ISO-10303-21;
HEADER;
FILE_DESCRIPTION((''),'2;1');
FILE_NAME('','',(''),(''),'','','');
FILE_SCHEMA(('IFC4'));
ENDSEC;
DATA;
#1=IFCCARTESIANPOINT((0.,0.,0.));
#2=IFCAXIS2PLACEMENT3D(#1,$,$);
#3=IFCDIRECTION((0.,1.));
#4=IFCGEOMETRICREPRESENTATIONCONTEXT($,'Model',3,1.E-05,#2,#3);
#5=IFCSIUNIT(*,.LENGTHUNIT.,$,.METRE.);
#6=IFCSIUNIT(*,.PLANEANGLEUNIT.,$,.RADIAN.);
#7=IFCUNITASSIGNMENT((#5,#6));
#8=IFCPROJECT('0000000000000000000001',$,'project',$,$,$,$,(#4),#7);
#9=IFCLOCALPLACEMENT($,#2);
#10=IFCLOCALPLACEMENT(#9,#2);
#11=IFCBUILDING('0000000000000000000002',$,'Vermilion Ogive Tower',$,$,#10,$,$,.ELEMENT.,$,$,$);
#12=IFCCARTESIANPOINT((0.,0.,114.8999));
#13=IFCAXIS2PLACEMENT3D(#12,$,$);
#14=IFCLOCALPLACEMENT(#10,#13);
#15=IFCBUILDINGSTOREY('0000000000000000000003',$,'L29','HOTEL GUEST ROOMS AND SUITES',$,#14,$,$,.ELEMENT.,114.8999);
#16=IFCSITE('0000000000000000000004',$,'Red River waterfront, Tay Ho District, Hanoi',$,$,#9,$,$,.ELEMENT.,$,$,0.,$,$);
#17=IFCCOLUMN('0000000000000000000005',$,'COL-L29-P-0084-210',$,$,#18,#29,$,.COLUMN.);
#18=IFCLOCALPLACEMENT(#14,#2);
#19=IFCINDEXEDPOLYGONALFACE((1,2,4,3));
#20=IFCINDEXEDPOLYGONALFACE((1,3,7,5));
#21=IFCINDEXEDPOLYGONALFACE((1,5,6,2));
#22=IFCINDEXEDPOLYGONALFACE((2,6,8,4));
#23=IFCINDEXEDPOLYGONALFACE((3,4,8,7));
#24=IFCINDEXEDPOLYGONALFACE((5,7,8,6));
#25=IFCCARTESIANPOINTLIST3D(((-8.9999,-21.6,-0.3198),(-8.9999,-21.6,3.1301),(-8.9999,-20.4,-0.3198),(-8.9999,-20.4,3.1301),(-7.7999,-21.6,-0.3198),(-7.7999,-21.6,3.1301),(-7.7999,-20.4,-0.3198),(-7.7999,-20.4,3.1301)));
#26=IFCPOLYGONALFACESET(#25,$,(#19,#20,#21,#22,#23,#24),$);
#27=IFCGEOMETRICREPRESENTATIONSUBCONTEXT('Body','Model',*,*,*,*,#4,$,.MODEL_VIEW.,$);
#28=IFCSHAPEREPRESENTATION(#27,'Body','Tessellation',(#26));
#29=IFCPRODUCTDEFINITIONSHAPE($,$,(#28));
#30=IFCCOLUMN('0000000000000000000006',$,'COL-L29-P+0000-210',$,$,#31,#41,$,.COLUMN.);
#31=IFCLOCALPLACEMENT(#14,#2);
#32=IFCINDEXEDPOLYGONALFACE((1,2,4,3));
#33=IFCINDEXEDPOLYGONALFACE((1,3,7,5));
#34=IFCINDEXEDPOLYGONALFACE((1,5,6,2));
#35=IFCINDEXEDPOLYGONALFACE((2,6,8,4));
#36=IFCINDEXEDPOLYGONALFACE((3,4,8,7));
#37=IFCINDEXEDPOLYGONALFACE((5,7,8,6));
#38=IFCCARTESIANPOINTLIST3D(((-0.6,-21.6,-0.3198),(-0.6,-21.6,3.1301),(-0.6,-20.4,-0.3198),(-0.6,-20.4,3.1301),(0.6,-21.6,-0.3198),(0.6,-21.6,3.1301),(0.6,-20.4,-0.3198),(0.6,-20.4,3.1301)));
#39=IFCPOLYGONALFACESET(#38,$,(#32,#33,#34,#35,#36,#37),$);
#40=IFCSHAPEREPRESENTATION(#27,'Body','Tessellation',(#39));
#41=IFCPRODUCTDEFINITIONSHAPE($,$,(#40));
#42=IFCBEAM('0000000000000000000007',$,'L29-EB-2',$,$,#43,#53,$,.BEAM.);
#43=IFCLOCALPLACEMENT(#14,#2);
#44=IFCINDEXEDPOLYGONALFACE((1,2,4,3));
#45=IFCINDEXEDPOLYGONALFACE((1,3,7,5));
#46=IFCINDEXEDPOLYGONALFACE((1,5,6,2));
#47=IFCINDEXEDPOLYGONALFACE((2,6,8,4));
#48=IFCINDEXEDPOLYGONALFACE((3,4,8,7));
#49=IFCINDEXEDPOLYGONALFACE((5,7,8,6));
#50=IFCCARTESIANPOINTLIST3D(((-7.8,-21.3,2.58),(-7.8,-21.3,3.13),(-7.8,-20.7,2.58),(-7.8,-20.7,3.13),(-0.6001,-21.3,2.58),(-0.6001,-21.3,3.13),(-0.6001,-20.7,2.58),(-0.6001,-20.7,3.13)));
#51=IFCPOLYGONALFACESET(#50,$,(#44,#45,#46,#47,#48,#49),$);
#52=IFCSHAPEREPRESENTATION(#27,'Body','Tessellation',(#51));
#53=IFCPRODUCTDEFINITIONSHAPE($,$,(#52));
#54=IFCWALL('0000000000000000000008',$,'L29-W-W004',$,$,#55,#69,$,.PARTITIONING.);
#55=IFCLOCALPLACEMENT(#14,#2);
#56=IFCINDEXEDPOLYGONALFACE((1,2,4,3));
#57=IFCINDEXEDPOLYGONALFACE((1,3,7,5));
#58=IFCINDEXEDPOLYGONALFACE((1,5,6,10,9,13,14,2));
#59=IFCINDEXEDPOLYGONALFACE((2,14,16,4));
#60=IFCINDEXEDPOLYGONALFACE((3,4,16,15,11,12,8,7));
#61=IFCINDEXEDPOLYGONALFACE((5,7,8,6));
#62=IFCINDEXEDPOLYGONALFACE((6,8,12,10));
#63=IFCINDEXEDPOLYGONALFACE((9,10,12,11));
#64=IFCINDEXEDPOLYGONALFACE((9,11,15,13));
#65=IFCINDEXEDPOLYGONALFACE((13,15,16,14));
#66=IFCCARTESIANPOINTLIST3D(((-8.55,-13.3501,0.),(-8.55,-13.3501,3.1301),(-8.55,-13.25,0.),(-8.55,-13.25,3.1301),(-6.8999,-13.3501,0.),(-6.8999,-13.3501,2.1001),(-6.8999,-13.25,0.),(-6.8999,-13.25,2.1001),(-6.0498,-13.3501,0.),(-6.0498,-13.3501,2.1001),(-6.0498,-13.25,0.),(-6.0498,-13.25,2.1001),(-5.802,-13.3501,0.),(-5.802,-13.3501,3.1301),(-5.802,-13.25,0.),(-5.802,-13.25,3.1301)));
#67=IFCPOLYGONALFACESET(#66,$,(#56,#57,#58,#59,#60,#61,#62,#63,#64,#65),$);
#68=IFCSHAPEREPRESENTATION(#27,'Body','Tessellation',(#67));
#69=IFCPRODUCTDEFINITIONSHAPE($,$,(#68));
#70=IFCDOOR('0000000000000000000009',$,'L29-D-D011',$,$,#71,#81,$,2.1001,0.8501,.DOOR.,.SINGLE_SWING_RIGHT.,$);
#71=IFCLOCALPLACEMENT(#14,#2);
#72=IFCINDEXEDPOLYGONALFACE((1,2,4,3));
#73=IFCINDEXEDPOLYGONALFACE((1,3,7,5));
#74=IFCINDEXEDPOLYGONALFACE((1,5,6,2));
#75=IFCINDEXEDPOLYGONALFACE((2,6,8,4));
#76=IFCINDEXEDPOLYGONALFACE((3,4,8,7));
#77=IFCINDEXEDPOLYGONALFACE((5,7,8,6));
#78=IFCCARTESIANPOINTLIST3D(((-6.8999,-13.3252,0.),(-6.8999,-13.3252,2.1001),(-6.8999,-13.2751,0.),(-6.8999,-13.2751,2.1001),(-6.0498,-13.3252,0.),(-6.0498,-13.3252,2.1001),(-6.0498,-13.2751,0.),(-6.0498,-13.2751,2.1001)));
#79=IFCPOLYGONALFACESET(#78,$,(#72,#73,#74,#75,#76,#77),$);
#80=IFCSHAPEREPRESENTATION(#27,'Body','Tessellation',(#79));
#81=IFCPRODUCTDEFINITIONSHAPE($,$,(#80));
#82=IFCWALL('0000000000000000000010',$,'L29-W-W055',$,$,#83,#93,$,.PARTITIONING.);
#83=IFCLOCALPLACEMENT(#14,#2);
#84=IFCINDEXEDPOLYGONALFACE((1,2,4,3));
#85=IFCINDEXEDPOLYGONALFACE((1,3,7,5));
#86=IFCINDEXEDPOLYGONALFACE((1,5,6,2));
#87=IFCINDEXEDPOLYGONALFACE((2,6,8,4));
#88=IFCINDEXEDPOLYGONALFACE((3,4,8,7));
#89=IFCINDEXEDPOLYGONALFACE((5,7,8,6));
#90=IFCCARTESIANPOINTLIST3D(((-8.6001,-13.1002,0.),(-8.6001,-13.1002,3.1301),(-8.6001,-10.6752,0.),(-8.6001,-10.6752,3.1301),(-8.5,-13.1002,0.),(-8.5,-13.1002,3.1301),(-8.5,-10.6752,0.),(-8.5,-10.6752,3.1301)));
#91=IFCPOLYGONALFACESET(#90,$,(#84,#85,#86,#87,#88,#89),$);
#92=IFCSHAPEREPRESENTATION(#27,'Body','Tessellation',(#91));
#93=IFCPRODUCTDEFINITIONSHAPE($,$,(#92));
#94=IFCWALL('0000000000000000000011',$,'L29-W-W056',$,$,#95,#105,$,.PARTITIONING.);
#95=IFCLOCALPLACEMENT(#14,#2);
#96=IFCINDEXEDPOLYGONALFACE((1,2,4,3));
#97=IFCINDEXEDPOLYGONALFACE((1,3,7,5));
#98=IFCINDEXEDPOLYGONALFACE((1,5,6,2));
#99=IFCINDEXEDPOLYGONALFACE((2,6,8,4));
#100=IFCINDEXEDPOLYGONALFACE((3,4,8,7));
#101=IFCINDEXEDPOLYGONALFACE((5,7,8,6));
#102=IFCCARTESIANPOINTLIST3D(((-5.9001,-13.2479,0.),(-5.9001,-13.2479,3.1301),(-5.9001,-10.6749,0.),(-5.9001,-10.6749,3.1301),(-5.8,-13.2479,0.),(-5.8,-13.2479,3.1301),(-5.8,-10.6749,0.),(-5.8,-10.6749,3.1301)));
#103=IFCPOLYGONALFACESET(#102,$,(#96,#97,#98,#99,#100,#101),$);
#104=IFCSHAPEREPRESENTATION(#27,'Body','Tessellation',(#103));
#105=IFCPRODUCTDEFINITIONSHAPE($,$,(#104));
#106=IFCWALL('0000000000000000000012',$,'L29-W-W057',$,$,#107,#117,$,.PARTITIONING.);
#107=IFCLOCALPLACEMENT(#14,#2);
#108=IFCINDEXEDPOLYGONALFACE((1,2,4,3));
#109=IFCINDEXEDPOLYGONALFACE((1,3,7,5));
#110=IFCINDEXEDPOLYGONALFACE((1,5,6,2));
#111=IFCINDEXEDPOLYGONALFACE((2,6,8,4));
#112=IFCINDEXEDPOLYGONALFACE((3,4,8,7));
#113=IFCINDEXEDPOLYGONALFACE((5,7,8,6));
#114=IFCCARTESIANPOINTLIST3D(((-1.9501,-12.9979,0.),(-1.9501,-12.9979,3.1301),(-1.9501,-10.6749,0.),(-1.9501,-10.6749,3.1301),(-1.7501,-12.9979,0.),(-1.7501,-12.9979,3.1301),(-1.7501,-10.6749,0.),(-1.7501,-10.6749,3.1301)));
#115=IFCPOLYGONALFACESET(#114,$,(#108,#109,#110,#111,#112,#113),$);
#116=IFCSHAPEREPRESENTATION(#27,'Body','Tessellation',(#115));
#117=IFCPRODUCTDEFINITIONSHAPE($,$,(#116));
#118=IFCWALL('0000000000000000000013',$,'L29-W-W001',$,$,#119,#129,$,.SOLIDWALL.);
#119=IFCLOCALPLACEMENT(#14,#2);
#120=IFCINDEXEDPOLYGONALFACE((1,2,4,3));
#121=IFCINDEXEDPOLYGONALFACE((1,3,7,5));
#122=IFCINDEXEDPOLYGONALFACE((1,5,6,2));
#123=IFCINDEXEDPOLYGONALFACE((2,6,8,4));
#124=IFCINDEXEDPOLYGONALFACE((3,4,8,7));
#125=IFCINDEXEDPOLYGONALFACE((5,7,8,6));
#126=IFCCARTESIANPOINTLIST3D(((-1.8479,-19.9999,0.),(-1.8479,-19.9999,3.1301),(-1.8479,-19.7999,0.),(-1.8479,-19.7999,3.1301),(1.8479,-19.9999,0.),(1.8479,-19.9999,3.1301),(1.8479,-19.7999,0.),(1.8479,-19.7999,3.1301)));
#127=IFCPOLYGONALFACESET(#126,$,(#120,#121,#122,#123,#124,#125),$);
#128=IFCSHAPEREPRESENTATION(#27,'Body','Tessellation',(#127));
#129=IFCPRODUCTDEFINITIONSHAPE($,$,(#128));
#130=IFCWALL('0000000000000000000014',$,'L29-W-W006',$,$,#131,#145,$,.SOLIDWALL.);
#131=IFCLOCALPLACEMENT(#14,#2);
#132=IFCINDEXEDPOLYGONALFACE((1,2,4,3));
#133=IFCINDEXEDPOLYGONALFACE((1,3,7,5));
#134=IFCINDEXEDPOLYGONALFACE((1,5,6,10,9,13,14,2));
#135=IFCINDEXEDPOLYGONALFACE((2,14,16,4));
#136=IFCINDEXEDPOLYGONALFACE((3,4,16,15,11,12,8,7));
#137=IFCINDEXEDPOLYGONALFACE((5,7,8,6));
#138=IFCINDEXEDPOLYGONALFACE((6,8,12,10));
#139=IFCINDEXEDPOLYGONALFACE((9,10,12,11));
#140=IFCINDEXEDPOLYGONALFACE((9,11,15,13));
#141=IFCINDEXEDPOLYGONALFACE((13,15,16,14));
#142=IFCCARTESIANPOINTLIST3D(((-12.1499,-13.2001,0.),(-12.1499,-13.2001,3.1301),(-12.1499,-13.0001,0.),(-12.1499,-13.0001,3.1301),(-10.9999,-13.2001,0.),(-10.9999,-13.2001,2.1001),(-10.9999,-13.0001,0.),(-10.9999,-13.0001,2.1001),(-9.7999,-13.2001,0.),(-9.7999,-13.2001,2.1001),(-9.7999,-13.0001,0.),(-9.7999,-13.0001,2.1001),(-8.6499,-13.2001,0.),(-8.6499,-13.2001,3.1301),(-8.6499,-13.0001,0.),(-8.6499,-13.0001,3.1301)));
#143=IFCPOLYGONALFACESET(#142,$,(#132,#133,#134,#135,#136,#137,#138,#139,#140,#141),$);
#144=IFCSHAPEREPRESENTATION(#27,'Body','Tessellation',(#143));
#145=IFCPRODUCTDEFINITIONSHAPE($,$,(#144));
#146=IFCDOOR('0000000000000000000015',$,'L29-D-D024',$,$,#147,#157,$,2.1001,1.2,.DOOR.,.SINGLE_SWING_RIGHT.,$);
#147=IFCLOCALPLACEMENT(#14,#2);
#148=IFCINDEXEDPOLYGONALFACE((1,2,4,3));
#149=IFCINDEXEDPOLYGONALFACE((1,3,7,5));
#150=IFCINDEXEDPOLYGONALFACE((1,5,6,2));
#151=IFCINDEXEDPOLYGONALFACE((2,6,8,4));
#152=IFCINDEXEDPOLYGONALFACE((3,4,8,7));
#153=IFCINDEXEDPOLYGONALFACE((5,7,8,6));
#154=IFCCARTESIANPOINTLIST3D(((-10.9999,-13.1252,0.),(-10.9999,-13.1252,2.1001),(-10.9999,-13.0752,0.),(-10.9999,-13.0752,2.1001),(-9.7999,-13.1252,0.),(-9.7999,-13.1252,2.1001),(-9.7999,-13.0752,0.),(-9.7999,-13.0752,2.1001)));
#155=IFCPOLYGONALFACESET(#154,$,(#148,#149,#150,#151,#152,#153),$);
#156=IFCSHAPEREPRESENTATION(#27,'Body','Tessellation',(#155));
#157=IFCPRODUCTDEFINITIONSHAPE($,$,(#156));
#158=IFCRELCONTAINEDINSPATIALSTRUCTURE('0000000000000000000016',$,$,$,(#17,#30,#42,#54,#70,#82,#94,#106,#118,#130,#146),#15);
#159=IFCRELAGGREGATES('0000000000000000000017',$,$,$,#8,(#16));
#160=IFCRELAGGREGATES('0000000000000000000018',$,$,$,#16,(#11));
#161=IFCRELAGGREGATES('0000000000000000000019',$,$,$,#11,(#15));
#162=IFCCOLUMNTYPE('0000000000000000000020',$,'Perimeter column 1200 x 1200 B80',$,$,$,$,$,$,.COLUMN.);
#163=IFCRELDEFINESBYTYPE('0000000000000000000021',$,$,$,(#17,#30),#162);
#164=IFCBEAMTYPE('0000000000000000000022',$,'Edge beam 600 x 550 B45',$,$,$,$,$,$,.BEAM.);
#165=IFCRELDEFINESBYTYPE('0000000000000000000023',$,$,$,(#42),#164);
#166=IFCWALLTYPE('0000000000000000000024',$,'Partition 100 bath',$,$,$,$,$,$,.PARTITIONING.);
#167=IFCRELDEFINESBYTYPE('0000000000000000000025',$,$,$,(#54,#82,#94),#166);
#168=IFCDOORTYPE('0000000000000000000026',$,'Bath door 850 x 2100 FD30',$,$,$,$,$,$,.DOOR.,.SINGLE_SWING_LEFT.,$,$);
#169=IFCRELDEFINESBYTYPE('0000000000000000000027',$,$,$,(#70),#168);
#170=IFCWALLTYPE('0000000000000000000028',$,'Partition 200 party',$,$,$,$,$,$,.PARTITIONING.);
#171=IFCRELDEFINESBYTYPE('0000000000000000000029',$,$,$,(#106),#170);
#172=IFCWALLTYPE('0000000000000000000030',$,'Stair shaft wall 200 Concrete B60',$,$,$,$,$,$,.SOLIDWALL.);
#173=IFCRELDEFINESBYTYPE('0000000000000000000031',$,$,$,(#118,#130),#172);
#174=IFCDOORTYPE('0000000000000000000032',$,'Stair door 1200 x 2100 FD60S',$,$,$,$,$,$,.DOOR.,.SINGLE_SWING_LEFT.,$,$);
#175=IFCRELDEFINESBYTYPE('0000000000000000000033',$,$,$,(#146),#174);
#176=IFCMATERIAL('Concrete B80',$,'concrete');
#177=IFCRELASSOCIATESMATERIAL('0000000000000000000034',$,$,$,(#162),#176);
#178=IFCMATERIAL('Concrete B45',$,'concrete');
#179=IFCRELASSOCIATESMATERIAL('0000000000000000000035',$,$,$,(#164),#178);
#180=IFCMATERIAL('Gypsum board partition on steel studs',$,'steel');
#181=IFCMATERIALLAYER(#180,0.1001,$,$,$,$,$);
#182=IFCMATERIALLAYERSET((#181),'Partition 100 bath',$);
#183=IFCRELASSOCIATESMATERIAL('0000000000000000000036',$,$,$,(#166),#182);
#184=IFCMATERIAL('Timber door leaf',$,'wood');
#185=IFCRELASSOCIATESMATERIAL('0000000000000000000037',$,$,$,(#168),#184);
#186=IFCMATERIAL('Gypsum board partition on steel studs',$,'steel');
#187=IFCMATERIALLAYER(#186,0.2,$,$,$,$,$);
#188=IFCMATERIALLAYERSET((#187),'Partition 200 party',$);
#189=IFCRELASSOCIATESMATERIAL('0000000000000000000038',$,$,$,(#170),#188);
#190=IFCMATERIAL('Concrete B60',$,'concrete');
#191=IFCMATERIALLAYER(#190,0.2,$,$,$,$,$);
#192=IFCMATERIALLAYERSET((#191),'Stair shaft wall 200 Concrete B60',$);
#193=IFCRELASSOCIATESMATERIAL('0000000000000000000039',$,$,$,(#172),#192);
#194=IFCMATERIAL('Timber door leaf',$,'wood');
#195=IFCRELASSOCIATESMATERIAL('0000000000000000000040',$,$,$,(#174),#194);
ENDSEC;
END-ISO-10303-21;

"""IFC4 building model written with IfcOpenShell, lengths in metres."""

from ifc_helpers import new_model, si_unit, direction, frame, frame_2d, origin, origin_2d, place, context, subcontext, project, spatial, rectangle, extrude, material, layer, layer_set, material_profile, profile_set, type_object, element, fill, save


model = new_model("IFC4")

# Units and contexts
model_context = context("Model", 3, precision=1e-05, world=origin(), true_north=direction((0.0, 1.0)))
body_context = subcontext(model_context, "Body", "Model", "MODEL_VIEW")
ifc_project = project(units=[si_unit("LENGTHUNIT", "METRE"), si_unit("PLANEANGLEUNIT", "RADIAN")], contexts=[model_context])

# Site, building, storey
site_placement = place(None, origin())
site = spatial("IfcSite", under=ifc_project, at=site_placement, Name="Red River waterfront, Tay Ho District, Hanoi", CompositionType="ELEMENT", RefElevation=0.0)
building_placement = place(site_placement, origin())
building = spatial("IfcBuilding", under=site, at=building_placement, Name="Vermilion Ogive Tower", CompositionType="ELEMENT")
storey_placement = place(building_placement, frame((0.0, 0.0, 114.8999)))
storey = spatial("IfcBuildingStorey", under=building, at=storey_placement, Name="L29", Description="HOTEL GUEST ROOMS AND SUITES", CompositionType="ELEMENT", Elevation=114.8999)

# Columns
ifc_material_1 = material(Name="Concrete B80", Category="concrete")
ifc_material_profile_1 = material_profile(ifc_material_1, rectangle(XDim=1.2, YDim=1.2, at=origin_2d()), Name="1200 x 1200")
ifc_profile_set_1 = profile_set([ifc_material_profile_1], Name="Concrete B80")
column_type = type_object("IfcColumnType", Name="Perimeter column 1200 x 1200 B80", PredefinedType="COLUMN", material=ifc_profile_set_1)
for number, where, z_axis, x_axis, name in (
    (1, (-8.3999, -21.0, -0.3198), (0.0, 0.0, 1.0), (1.0, 0.0, 0.0), "COL-L29-P-0084-210"),
    (2, (0.0, -21.0, -0.3198), (0.0, 0.0, 1.0), (1.0, 0.0, 0.0), "COL-L29-P+0000-210"),
):
    element("IfcColumn", number, at=place(storey_placement, frame(where, z_axis=z_axis, x_axis=x_axis)), inside=storey, type_object=column_type, Name=name, PredefinedType="COLUMN", context=body_context, shape_type="SweptSolid", body=[
        extrude(rectangle(XDim=1.2, YDim=1.2, at=origin_2d()), origin(), (0.0, 0.0, 1.0), 3.45),
    ])

# Beam
ifc_material_2 = material(Name="Concrete B45", Category="concrete")
ifc_material_profile_2 = material_profile(ifc_material_2, rectangle(XDim=0.6001, YDim=0.55, at=origin_2d()), Name="600 x 550")
ifc_profile_set_2 = profile_set([ifc_material_profile_2], Name="Concrete B45")
beam_type = type_object("IfcBeamType", Name="Edge beam 600 x 550 B45", PredefinedType="BEAM", material=ifc_profile_set_2)
beam_placement = place(storey_placement, frame((-7.8, -21.0, 2.855), z_axis=(1.0, 0.0, 0.0), x_axis=(0.0, 1.0, 0.0)))
element("IfcBeam", 3, at=beam_placement, inside=storey, type_object=beam_type, Name="L29-EB-2", PredefinedType="BEAM", context=body_context, shape_type="SweptSolid", body=[
    extrude(rectangle(XDim=0.6001, YDim=0.55, at=origin_2d()), origin(), (0.0, 0.0, 1.0), 7.2),
])

# Wall, opening, door
ifc_material_3 = material(Name="Gypsum board partition on steel studs", Category="steel")
ifc_layer_1 = layer(ifc_material_3, 0.1001)
ifc_layer_set_1 = layer_set([ifc_layer_1], Name="Partition 100 bath")
wall_type_1 = type_object("IfcWallType", Name="Partition 100 bath", PredefinedType="PARTITIONING", material=ifc_layer_set_1)
wall_1_placement = place(storey_placement, frame((-8.55, -13.3, 0.0), z_axis=(0.0, 0.0, 1.0), x_axis=(1.0, 0.0, 0.0)))
wall_1 = element("IfcWall", 4, at=wall_1_placement, inside=storey, type_object=wall_type_1, Name="L29-W-W004", PredefinedType="PARTITIONING", context=body_context, shape_type="SweptSolid", body=[
    extrude(rectangle(XDim=2.748, YDim=0.1001, at=frame_2d((1.374, 0.0))), origin(), (0.0, 0.0, 1.0), 3.1301),
])
opening_1_placement = place(wall_1_placement, frame((1.6501, 0.0, 0.0)))
opening_1 = element("IfcOpeningElement", 5, at=opening_1_placement, cuts=wall_1, PredefinedType="OPENING", context=body_context, shape_type="SweptSolid", body=[
    extrude(rectangle(XDim=0.8501, YDim=2.1001, at=frame_2d((0.425, 1.05))), frame((0.0, 0.0601, 0.0), z_axis=(0.0, -1.0, 0.0), x_axis=(1.0, 0.0, 0.0)), (0.0, 0.0, 1.0), 0.1201),
])
ifc_material_4 = material(Name="Timber door leaf", Category="wood")
door_type_1 = type_object("IfcDoorType", Name="Bath door 850 x 2100 FD30", OperationType="SINGLE_SWING_LEFT", PredefinedType="DOOR", material=ifc_material_4)
door_1_placement = place(opening_1_placement, origin())
door_1 = element("IfcDoor", 6, at=door_1_placement, inside=storey, type_object=door_type_1, Name="L29-D-D011", OperationType="SINGLE_SWING_RIGHT", OverallHeight=2.1001, OverallWidth=0.8501, PredefinedType="DOOR", context=body_context, shape_type="SweptSolid", body=[
    extrude(rectangle(XDim=0.8501, YDim=2.1001, at=frame_2d((0.425, 1.05))), frame((0.0, 0.0249, 0.0), z_axis=(0.0, -1.0, 0.0), x_axis=(1.0, 0.0, 0.0)), (0.0, 0.0, 1.0), 0.05),
])
fill(opening_1, door_1)

# Walls
wall_2_placement = place(storey_placement, frame((-8.55, -13.1001, 0.0), z_axis=(0.0, 0.0, 1.0), x_axis=(0.0, 1.0, 0.0)))
element("IfcWall", 7, at=wall_2_placement, inside=storey, type_object=wall_type_1, Name="L29-W-W055", PredefinedType="PARTITIONING", context=body_context, shape_type="SweptSolid", body=[
    extrude(rectangle(XDim=2.425, YDim=0.1001, at=frame_2d((1.2124, 0.0))), origin(), (0.0, 0.0, 1.0), 3.1301),
])
wall_3_placement = place(storey_placement, frame((-5.8501, -13.248, 0.0), z_axis=(0.0, 0.0, 1.0), x_axis=(0.0, 1.0, 0.0)))
element("IfcWall", 8, at=wall_3_placement, inside=storey, type_object=wall_type_1, Name="L29-W-W056", PredefinedType="PARTITIONING", context=body_context, shape_type="SweptSolid", body=[
    extrude(rectangle(XDim=2.573, YDim=0.1001, at=frame_2d((1.2866, 0.0))), origin(), (0.0, 0.0, 1.0), 3.1301),
])
ifc_material_5 = material(Name="Gypsum board partition on steel studs", Category="steel")
ifc_layer_2 = layer(ifc_material_5, 0.2)
ifc_layer_set_2 = layer_set([ifc_layer_2], Name="Partition 200 party")
wall_type_2 = type_object("IfcWallType", Name="Partition 200 party", PredefinedType="PARTITIONING", material=ifc_layer_set_2)
wall_4_placement = place(storey_placement, frame((-1.8501, -12.998, 0.0), z_axis=(0.0, 0.0, 1.0), x_axis=(0.0, 1.0, 0.0)))
element("IfcWall", 9, at=wall_4_placement, inside=storey, type_object=wall_type_2, Name="L29-W-W057", PredefinedType="PARTITIONING", context=body_context, shape_type="SweptSolid", body=[
    extrude(rectangle(XDim=2.323, YDim=0.2, at=frame_2d((1.1616, 0.0))), origin(), (0.0, 0.0, 1.0), 3.1301),
])
ifc_material_6 = material(Name="Concrete B60", Category="concrete")
ifc_layer_3 = layer(ifc_material_6, 0.2)
ifc_layer_set_3 = layer_set([ifc_layer_3], Name="Stair shaft wall 200 Concrete B60")
wall_type_3 = type_object("IfcWallType", Name="Stair shaft wall 200 Concrete B60", PredefinedType="SOLIDWALL", material=ifc_layer_set_3)
wall_5_placement = place(storey_placement, frame((-1.8479, -19.8999, 0.0), z_axis=(0.0, 0.0, 1.0), x_axis=(1.0, 0.0, 0.0)))
element("IfcWall", 10, at=wall_5_placement, inside=storey, type_object=wall_type_3, Name="L29-W-W001", PredefinedType="SOLIDWALL", context=body_context, shape_type="SweptSolid", body=[
    extrude(rectangle(XDim=3.6958, YDim=0.2, at=frame_2d((1.8479, 0.0))), origin(), (0.0, 0.0, 1.0), 3.1301),
])

# Wall, opening, door
wall_6_placement = place(storey_placement, frame((-12.1499, -13.1001, 0.0), z_axis=(0.0, 0.0, 1.0), x_axis=(1.0, 0.0, 0.0)))
wall_6 = element("IfcWall", 11, at=wall_6_placement, inside=storey, type_object=wall_type_3, Name="L29-W-W006", PredefinedType="SOLIDWALL", context=body_context, shape_type="SweptSolid", body=[
    extrude(rectangle(XDim=3.5, YDim=0.2, at=frame_2d((1.75, 0.0))), origin(), (0.0, 0.0, 1.0), 3.1301),
])
opening_2_placement = place(wall_6_placement, frame((1.1499, 0.0, 0.0)))
opening_2 = element("IfcOpeningElement", 12, at=opening_2_placement, cuts=wall_6, PredefinedType="OPENING", context=body_context, shape_type="SweptSolid", body=[
    extrude(rectangle(XDim=1.2, YDim=2.1001, at=frame_2d((0.6001, 1.05))), frame((0.0, 0.1099, 0.0), z_axis=(0.0, -1.0, 0.0), x_axis=(1.0, 0.0, 0.0)), (0.0, 0.0, 1.0), 0.22),
])
ifc_material_7 = material(Name="Timber door leaf", Category="wood")
door_type_2 = type_object("IfcDoorType", Name="Stair door 1200 x 2100 FD60S", OperationType="SINGLE_SWING_LEFT", PredefinedType="DOOR", material=ifc_material_7)
door_2_placement = place(opening_2_placement, origin())
door_2 = element("IfcDoor", 13, at=door_2_placement, inside=storey, type_object=door_type_2, Name="L29-D-D024", OperationType="SINGLE_SWING_RIGHT", OverallHeight=2.1001, OverallWidth=1.2, PredefinedType="DOOR", context=body_context, shape_type="SweptSolid", body=[
    extrude(rectangle(XDim=1.2, YDim=2.1001, at=frame_2d((0.6001, 1.05))), frame((0.0, 0.0249, 0.0), z_axis=(0.0, -1.0, 0.0), x_axis=(1.0, 0.0, 0.0)), (0.0, 0.0, 1.0), 0.05),
])
fill(opening_2, door_2)

save(model, "model.ifc")
